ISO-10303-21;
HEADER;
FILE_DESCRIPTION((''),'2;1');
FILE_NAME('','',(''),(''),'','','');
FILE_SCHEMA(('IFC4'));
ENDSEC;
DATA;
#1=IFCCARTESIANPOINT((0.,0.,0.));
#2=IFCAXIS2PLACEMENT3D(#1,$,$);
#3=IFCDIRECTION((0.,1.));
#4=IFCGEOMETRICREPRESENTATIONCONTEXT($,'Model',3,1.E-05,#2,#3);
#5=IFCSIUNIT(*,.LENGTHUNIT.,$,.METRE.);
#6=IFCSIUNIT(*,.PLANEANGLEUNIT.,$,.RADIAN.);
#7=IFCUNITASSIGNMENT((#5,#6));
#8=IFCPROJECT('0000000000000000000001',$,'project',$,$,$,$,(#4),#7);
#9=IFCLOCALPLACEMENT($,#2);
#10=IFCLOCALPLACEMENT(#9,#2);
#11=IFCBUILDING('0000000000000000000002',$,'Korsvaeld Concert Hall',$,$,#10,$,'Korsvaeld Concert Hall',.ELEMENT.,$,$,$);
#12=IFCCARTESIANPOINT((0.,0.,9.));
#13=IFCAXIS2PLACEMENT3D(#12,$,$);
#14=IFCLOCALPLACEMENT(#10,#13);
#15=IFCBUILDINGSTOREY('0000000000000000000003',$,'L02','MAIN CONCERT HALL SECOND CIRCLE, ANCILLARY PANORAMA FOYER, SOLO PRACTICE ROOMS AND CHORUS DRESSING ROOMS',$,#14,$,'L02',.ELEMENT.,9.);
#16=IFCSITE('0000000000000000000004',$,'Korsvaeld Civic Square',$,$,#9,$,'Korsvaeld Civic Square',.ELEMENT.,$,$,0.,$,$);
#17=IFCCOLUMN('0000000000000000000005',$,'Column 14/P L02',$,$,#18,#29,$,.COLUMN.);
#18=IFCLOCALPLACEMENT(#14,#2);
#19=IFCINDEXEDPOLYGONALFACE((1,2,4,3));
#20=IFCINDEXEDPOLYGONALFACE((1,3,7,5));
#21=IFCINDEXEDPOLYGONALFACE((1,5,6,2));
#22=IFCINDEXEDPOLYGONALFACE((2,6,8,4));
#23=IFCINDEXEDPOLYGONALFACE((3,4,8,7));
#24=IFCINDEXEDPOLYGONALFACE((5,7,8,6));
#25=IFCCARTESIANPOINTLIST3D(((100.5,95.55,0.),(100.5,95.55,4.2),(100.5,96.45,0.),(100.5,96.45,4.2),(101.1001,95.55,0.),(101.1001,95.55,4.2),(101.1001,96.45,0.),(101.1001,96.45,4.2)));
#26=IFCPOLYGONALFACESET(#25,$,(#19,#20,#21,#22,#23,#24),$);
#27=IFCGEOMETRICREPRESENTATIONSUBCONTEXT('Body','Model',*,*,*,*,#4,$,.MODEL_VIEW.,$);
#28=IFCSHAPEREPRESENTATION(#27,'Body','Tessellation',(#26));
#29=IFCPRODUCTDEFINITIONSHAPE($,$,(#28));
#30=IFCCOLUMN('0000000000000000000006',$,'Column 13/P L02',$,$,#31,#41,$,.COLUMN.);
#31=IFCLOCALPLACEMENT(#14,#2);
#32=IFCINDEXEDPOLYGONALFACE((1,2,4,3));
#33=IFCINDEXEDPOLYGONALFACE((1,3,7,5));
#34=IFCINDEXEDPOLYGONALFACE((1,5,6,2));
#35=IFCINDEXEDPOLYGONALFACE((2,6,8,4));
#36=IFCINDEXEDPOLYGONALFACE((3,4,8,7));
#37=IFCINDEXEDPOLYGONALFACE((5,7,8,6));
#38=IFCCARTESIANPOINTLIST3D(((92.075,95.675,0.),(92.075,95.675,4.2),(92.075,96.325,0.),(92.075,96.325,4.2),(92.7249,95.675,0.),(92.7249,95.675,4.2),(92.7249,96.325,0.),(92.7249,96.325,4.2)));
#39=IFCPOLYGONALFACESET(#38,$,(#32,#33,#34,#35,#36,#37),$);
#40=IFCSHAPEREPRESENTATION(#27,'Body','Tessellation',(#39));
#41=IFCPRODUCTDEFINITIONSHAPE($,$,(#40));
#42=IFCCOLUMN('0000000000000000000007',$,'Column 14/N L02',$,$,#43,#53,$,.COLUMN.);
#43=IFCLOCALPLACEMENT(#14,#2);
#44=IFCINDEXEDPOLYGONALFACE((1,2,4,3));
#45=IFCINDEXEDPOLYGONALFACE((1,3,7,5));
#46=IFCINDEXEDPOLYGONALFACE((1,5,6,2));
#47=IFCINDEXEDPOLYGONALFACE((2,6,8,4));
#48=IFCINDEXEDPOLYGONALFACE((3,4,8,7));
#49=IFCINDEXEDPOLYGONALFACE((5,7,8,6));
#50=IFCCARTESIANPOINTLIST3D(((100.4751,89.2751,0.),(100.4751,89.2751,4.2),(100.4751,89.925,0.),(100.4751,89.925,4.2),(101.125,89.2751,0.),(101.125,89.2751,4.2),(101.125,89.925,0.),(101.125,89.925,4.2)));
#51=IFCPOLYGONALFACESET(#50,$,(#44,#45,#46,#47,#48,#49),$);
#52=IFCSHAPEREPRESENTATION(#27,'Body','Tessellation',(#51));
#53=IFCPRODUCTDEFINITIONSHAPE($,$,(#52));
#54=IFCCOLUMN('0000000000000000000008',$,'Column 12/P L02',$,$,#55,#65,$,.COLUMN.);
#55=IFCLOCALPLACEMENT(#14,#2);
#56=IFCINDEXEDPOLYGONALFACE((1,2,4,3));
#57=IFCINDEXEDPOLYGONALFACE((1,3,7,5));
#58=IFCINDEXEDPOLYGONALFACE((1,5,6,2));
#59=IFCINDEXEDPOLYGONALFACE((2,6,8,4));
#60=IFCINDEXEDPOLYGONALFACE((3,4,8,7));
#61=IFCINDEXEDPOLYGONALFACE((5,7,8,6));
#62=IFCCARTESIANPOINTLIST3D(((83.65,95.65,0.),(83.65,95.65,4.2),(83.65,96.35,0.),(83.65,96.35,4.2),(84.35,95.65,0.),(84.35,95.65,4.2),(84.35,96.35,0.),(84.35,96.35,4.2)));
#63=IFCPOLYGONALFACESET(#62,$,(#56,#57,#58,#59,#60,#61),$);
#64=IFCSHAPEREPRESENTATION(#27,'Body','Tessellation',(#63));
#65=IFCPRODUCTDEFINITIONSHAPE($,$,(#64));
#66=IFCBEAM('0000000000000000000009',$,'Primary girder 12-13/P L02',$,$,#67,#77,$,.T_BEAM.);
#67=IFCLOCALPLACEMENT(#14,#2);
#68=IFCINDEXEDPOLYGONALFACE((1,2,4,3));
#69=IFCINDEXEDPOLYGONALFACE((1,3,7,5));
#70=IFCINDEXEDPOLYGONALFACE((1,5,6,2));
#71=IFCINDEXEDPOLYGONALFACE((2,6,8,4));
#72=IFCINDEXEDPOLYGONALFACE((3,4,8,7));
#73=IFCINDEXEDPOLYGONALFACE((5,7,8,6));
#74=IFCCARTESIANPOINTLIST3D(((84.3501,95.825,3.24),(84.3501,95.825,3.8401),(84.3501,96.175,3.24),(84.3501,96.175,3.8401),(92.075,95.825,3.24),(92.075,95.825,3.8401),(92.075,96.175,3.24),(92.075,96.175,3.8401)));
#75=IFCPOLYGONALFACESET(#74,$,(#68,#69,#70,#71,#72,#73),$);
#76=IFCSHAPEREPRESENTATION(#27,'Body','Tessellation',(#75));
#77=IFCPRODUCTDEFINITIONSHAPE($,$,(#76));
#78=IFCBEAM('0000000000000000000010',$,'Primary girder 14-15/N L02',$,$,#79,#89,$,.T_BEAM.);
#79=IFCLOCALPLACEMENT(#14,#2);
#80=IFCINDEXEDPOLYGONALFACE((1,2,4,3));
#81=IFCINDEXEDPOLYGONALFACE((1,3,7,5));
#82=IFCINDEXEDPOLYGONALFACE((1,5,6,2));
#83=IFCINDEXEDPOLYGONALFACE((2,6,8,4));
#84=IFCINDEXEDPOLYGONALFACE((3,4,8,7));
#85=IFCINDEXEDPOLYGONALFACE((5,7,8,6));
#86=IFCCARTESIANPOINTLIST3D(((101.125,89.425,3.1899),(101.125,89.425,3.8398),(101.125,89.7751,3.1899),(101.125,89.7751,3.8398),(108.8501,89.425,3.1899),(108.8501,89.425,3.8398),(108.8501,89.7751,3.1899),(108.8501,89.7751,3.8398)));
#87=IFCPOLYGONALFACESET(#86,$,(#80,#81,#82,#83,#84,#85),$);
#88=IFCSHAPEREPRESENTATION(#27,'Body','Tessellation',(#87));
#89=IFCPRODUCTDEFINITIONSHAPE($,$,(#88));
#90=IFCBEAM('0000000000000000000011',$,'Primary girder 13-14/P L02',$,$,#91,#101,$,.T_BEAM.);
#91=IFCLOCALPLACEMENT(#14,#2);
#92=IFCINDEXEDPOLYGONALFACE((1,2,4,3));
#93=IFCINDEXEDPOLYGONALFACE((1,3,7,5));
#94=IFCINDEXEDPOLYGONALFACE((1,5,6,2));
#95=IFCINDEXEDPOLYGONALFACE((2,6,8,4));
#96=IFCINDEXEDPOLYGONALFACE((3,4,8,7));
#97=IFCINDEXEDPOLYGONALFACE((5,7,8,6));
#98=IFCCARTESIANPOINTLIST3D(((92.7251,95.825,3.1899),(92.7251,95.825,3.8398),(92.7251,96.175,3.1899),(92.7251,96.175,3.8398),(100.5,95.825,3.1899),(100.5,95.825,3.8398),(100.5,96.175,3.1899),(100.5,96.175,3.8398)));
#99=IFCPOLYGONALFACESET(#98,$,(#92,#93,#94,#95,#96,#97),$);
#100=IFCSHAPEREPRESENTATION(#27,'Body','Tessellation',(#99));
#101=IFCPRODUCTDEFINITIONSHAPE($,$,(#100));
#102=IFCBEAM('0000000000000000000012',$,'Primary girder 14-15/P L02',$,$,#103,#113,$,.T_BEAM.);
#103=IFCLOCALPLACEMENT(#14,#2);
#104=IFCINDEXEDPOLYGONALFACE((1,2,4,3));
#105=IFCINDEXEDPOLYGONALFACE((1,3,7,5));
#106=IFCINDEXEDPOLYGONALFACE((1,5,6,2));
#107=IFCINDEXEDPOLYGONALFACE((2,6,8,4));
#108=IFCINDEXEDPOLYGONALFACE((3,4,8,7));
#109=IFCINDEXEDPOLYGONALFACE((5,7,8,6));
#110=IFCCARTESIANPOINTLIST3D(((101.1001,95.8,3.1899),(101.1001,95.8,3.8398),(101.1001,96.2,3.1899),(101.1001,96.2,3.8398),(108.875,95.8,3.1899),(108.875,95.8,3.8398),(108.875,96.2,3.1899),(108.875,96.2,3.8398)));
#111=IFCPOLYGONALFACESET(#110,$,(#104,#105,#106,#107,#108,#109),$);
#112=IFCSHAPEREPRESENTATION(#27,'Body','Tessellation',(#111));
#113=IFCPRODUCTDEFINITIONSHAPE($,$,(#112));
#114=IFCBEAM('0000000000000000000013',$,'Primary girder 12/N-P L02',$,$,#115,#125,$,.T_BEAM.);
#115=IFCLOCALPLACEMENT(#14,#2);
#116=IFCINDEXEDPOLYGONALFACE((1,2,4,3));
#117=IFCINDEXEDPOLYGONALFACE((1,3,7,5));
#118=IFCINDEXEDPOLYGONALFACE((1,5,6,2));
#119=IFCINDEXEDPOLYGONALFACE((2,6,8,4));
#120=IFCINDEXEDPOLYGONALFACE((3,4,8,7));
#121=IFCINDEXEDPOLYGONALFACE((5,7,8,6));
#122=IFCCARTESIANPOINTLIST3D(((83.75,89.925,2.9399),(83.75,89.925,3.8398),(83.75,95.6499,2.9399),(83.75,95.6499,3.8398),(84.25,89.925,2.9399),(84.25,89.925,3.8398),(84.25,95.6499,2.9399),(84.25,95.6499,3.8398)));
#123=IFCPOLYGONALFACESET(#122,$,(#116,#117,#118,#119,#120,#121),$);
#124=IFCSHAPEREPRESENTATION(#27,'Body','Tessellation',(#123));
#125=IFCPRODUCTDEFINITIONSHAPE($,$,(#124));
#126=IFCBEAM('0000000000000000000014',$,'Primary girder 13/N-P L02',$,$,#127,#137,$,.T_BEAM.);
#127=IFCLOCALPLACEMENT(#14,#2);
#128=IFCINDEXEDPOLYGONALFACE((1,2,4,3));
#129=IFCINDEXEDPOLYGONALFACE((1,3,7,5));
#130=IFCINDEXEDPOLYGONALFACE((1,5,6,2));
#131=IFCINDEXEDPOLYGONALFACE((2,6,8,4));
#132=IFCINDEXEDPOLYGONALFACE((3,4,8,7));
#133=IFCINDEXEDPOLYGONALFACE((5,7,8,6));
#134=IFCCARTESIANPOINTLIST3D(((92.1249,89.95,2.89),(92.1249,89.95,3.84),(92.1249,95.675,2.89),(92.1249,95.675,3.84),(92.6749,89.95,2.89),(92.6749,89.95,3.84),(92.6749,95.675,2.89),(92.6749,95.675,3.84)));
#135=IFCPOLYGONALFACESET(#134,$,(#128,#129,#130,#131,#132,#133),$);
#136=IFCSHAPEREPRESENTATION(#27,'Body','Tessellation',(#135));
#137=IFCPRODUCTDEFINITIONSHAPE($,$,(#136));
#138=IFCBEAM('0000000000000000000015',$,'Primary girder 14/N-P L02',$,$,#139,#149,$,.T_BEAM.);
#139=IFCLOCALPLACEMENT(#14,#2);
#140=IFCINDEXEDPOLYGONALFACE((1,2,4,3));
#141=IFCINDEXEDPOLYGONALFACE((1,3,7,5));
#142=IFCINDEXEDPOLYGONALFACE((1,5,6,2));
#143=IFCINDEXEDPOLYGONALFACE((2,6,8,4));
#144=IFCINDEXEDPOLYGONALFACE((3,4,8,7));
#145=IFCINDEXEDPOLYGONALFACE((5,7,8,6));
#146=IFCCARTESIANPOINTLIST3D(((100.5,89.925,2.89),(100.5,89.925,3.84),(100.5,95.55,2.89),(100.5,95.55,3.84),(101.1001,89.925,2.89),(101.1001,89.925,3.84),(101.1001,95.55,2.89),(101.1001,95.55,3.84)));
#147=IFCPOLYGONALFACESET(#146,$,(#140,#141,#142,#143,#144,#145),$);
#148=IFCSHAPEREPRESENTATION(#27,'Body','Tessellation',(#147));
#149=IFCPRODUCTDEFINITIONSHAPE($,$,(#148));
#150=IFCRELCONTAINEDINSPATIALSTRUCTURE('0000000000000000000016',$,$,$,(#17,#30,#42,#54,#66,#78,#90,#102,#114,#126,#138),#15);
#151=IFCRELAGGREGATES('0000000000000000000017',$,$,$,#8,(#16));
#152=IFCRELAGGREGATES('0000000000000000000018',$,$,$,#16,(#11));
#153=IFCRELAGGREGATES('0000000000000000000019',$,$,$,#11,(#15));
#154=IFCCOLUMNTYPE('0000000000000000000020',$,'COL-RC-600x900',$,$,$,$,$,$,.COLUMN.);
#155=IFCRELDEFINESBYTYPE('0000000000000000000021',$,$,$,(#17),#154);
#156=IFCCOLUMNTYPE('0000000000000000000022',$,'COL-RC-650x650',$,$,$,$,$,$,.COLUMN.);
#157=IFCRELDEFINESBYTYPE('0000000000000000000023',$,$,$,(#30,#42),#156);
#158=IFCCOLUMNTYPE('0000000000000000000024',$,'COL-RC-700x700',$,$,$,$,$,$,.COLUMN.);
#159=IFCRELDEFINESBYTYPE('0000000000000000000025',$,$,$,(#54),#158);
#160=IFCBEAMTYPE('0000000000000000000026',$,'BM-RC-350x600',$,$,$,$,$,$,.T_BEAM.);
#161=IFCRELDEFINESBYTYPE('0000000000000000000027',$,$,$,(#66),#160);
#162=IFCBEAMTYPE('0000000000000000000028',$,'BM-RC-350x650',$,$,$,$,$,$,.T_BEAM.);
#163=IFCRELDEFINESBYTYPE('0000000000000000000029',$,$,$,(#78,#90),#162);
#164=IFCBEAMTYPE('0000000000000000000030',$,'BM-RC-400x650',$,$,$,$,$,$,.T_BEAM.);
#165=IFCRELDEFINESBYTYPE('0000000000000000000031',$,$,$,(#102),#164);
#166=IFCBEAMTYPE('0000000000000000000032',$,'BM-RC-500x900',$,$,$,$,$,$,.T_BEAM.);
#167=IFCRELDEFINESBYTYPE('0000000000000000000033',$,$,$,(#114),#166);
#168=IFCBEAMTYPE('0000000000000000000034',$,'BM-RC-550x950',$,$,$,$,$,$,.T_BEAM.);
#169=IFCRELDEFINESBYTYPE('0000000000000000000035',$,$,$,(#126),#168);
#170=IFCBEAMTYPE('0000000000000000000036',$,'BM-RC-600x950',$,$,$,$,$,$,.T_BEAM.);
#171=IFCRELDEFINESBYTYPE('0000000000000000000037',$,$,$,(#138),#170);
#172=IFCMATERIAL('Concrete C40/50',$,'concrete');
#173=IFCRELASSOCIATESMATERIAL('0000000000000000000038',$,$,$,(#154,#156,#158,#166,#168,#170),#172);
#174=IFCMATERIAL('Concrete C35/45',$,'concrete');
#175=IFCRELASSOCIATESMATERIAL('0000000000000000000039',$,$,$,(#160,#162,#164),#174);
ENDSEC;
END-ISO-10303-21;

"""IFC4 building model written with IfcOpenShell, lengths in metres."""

from ifc_helpers import new_model, si_unit, direction, frame, origin, origin_2d, place, context, subcontext, project, spatial, rectangle, extrude, material, material_profile, profile_set, type_object, element, save


model = new_model("IFC4")

# Units and contexts
model_context = context("Model", 3, precision=1e-05, world=origin(), true_north=direction((0.0, 1.0)))
body_context = subcontext(model_context, "Body", "Model", "MODEL_VIEW")
ifc_project = project(units=[si_unit("LENGTHUNIT", "METRE"), si_unit("PLANEANGLEUNIT", "RADIAN")], contexts=[model_context])

# Site, building, storey
site_placement = place(None, origin())
site = spatial("IfcSite", under=ifc_project, at=site_placement, Name="Korsvaeld Civic Square", LongName="Korsvaeld Civic Square", CompositionType="ELEMENT", RefElevation=0.0)
building_placement = place(site_placement, origin())
building = spatial("IfcBuilding", under=site, at=building_placement, Name="Korsvaeld Concert Hall", LongName="Korsvaeld Concert Hall", CompositionType="ELEMENT")
storey_placement = place(building_placement, frame((0.0, 0.0, 9.0)))
storey = spatial("IfcBuildingStorey", under=building, at=storey_placement, Name="L02", Description="MAIN CONCERT HALL SECOND CIRCLE, ANCILLARY PANORAMA FOYER, SOLO PRACTICE ROOMS AND CHORUS DRESSING ROOMS", LongName="L02", CompositionType="ELEMENT", Elevation=9.0)

# Columns
ifc_material_1 = material(Name="Concrete C40/50", Category="concrete")
ifc_material_profile_1 = material_profile(ifc_material_1, rectangle(XDim=0.6001, YDim=0.8999, at=origin_2d()), Name="RC 600x900")
ifc_profile_set_1 = profile_set([ifc_material_profile_1], Name="Concrete C40/50")
column_type_1 = type_object("IfcColumnType", Name="COL-RC-600x900", PredefinedType="COLUMN", material=ifc_profile_set_1)
column_1_placement = place(storey_placement, frame((100.8, 96.0, 0.0), z_axis=(0.0, 0.0, 1.0), x_axis=(1.0, 0.0, 0.0)))
element("IfcColumn", 1, at=column_1_placement, inside=storey, type_object=column_type_1, Name="Column 14/P L02", PredefinedType="COLUMN", context=body_context, shape_type="SweptSolid", body=[
    extrude(rectangle(XDim=0.6001, YDim=0.8999, at=origin_2d()), origin(), (0.0, 0.0, 1.0), 4.2),
])
ifc_material_profile_2 = material_profile(ifc_material_1, rectangle(XDim=0.6499, YDim=0.6499, at=origin_2d()), Name="RC 650x650")
ifc_profile_set_2 = profile_set([ifc_material_profile_2], Name="Concrete C40/50")
column_type_2 = type_object("IfcColumnType", Name="COL-RC-650x650", PredefinedType="COLUMN", material=ifc_profile_set_2)
for number, where, z_axis, x_axis, name in (
    (2, (92.3999, 96.0, 0.0), (0.0, 0.0, 1.0), (1.0, 0.0, 0.0), "Column 13/P L02"),
    (3, (100.8, 89.6001, 0.0), (0.0, 0.0, 1.0), (1.0, 0.0, 0.0), "Column 14/N L02"),
):
    element("IfcColumn", number, at=place(storey_placement, frame(where, z_axis=z_axis, x_axis=x_axis)), inside=storey, type_object=column_type_2, Name=name, PredefinedType="COLUMN", context=body_context, shape_type="SweptSolid", body=[
        extrude(rectangle(XDim=0.6499, YDim=0.6499, at=origin_2d()), origin(), (0.0, 0.0, 1.0), 4.2),
    ])
ifc_material_profile_3 = material_profile(ifc_material_1, rectangle(XDim=0.7, YDim=0.7, at=origin_2d()), Name="RC 700x700")
ifc_profile_set_3 = profile_set([ifc_material_profile_3], Name="Concrete C40/50")
column_type_3 = type_object("IfcColumnType", Name="COL-RC-700x700", PredefinedType="COLUMN", material=ifc_profile_set_3)
column_2_placement = place(storey_placement, frame((84.0, 96.0, 0.0), z_axis=(0.0, 0.0, 1.0), x_axis=(1.0, 0.0, 0.0)))
element("IfcColumn", 4, at=column_2_placement, inside=storey, type_object=column_type_3, Name="Column 12/P L02", PredefinedType="COLUMN", context=body_context, shape_type="SweptSolid", body=[
    extrude(rectangle(XDim=0.7, YDim=0.7, at=origin_2d()), origin(), (0.0, 0.0, 1.0), 4.2),
])

# Beams
ifc_material_2 = material(Name="Concrete C35/45", Category="concrete")
ifc_material_profile_4 = material_profile(ifc_material_2, rectangle(XDim=0.3501, YDim=0.6001, at=origin_2d()), Name="RC 350x600")
ifc_profile_set_4 = profile_set([ifc_material_profile_4], Name="Concrete C35/45")
beam_type_1 = type_object("IfcBeamType", Name="BM-RC-350x600", PredefinedType="T_BEAM", material=ifc_profile_set_4)
beam_1_placement = place(storey_placement, frame((84.3501, 96.0, 3.54), z_axis=(1.0, 0.0, 0.0), x_axis=(0.0, 1.0, 0.0)))
element("IfcBeam", 5, at=beam_1_placement, inside=storey, type_object=beam_type_1, Name="Primary girder 12-13/P L02", PredefinedType="T_BEAM", context=body_context, shape_type="SweptSolid", body=[
    extrude(rectangle(XDim=0.3501, YDim=0.6001, at=origin_2d()), origin(), (0.0, 0.0, 1.0), 7.7249),
])
ifc_material_profile_5 = material_profile(ifc_material_2, rectangle(XDim=0.3501, YDim=0.6499, at=origin_2d()), Name="RC 350x650")
ifc_profile_set_5 = profile_set([ifc_material_profile_5], Name="Concrete C35/45")
beam_type_2 = type_object("IfcBeamType", Name="BM-RC-350x650", PredefinedType="T_BEAM", material=ifc_profile_set_5)
beam_2_placement = place(storey_placement, frame((101.125, 89.6001, 3.5149), z_axis=(1.0, 0.0, 0.0), x_axis=(0.0, 1.0, 0.0)))
element("IfcBeam", 6, at=beam_2_placement, inside=storey, type_object=beam_type_2, Name="Primary girder 14-15/N L02", PredefinedType="T_BEAM", context=body_context, shape_type="SweptSolid", body=[
    extrude(rectangle(XDim=0.3501, YDim=0.6499, at=origin_2d()), origin(), (0.0, 0.0, 1.0), 7.7251),
])
beam_3_placement = place(storey_placement, frame((92.7251, 96.0, 3.5149), z_axis=(1.0, 0.0, 0.0), x_axis=(0.0, 1.0, 0.0)))
element("IfcBeam", 7, at=beam_3_placement, inside=storey, type_object=beam_type_2, Name="Primary girder 13-14/P L02", PredefinedType="T_BEAM", context=body_context, shape_type="SweptSolid", body=[
    extrude(rectangle(XDim=0.3501, YDim=0.6499, at=origin_2d()), origin(), (0.0, 0.0, 1.0), 7.7749),
])
ifc_material_profile_6 = material_profile(ifc_material_2, rectangle(XDim=0.3999, YDim=0.6499, at=origin_2d()), Name="RC 400x650")
ifc_profile_set_6 = profile_set([ifc_material_profile_6], Name="Concrete C35/45")
beam_type_3 = type_object("IfcBeamType", Name="BM-RC-400x650", PredefinedType="T_BEAM", material=ifc_profile_set_6)
beam_4_placement = place(storey_placement, frame((101.1001, 96.0, 3.5149), z_axis=(1.0, 0.0, 0.0), x_axis=(0.0, 1.0, 0.0)))
element("IfcBeam", 8, at=beam_4_placement, inside=storey, type_object=beam_type_3, Name="Primary girder 14-15/P L02", PredefinedType="T_BEAM", context=body_context, shape_type="SweptSolid", body=[
    extrude(rectangle(XDim=0.3999, YDim=0.6499, at=origin_2d()), origin(), (0.0, 0.0, 1.0), 7.7749),
])
ifc_material_profile_7 = material_profile(ifc_material_1, rectangle(XDim=0.5, YDim=0.8999, at=origin_2d()), Name="RC 500x900")
ifc_profile_set_7 = profile_set([ifc_material_profile_7], Name="Concrete C40/50")
beam_type_4 = type_object("IfcBeamType", Name="BM-RC-500x900", PredefinedType="T_BEAM", material=ifc_profile_set_7)
beam_5_placement = place(storey_placement, frame((84.0, 89.925, 3.3899), z_axis=(0.0, 1.0, 0.0), x_axis=(-1.0, 0.0, 0.0)))
element("IfcBeam", 9, at=beam_5_placement, inside=storey, type_object=beam_type_4, Name="Primary girder 12/N-P L02", PredefinedType="T_BEAM", context=body_context, shape_type="SweptSolid", body=[
    extrude(rectangle(XDim=0.5, YDim=0.8999, at=origin_2d()), origin(), (0.0, 0.0, 1.0), 5.7249),
])
ifc_material_profile_8 = material_profile(ifc_material_1, rectangle(XDim=0.55, YDim=0.95, at=origin_2d()), Name="RC 550x950")
ifc_profile_set_8 = profile_set([ifc_material_profile_8], Name="Concrete C40/50")
beam_type_5 = type_object("IfcBeamType", Name="BM-RC-550x950", PredefinedType="T_BEAM", material=ifc_profile_set_8)
beam_6_placement = place(storey_placement, frame((92.3999, 89.95, 3.365), z_axis=(0.0, 1.0, 0.0), x_axis=(-1.0, 0.0, 0.0)))
element("IfcBeam", 10, at=beam_6_placement, inside=storey, type_object=beam_type_5, Name="Primary girder 13/N-P L02", PredefinedType="T_BEAM", context=body_context, shape_type="SweptSolid", body=[
    extrude(rectangle(XDim=0.55, YDim=0.95, at=origin_2d()), origin(), (0.0, 0.0, 1.0), 5.7251),
])
ifc_material_profile_9 = material_profile(ifc_material_1, rectangle(XDim=0.6001, YDim=0.95, at=origin_2d()), Name="RC 600x950")
ifc_profile_set_9 = profile_set([ifc_material_profile_9], Name="Concrete C40/50")
beam_type_6 = type_object("IfcBeamType", Name="BM-RC-600x950", PredefinedType="T_BEAM", material=ifc_profile_set_9)
beam_7_placement = place(storey_placement, frame((100.8, 89.925, 3.365), z_axis=(0.0, 1.0, 0.0), x_axis=(-1.0, 0.0, 0.0)))
element("IfcBeam", 11, at=beam_7_placement, inside=storey, type_object=beam_type_6, Name="Primary girder 14/N-P L02", PredefinedType="T_BEAM", context=body_context, shape_type="SweptSolid", body=[
    extrude(rectangle(XDim=0.6001, YDim=0.95, at=origin_2d()), origin(), (0.0, 0.0, 1.0), 5.625),
])

save(model, "model.ifc")
